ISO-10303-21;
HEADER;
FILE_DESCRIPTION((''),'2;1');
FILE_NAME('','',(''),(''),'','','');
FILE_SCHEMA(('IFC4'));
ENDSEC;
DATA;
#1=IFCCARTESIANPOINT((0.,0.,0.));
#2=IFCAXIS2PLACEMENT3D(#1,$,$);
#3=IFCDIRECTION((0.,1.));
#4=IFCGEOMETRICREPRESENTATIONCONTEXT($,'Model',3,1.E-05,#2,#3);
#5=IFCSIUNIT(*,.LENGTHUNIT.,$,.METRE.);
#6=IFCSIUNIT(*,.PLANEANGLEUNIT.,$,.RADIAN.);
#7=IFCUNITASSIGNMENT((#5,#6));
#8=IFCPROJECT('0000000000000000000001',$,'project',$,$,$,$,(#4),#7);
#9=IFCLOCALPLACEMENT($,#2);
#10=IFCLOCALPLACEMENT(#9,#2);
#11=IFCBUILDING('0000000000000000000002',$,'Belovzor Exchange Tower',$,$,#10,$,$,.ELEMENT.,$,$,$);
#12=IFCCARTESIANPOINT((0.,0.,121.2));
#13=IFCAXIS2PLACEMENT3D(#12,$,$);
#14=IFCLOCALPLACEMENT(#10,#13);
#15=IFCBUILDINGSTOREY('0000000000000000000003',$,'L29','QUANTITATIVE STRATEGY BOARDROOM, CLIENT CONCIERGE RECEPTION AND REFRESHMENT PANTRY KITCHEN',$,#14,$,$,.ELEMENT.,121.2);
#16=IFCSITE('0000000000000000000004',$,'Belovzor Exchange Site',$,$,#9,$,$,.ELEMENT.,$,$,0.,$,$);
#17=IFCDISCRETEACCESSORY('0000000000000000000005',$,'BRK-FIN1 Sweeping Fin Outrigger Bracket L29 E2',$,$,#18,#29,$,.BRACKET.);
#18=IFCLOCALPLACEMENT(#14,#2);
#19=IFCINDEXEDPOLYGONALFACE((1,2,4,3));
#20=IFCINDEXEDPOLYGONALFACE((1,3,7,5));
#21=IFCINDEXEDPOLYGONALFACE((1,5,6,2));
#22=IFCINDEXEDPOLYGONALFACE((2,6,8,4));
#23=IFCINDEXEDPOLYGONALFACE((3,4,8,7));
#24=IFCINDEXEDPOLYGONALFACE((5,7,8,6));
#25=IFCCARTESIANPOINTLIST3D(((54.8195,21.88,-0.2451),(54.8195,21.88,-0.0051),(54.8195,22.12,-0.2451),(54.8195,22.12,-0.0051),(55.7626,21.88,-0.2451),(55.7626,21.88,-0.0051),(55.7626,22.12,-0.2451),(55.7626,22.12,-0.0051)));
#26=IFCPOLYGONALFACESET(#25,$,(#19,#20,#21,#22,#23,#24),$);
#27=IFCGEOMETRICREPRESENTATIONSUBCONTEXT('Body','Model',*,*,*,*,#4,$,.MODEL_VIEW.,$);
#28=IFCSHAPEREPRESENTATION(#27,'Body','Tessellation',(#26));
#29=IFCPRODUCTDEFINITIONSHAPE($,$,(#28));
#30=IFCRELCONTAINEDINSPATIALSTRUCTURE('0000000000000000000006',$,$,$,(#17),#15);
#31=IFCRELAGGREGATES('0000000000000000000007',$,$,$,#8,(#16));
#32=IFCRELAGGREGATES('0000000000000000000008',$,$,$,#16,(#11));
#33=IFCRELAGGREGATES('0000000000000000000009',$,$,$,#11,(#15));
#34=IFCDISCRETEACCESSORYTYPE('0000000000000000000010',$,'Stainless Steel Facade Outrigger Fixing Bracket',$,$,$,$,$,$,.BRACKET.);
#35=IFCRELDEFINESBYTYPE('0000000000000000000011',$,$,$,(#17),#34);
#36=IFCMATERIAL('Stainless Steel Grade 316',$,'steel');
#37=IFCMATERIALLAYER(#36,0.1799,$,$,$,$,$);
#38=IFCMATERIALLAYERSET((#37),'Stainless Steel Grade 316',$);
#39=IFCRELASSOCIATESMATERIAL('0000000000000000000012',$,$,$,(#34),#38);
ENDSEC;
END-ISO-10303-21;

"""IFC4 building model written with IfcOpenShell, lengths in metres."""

from ifc_helpers import new_model, si_unit, direction, frame, origin, origin_2d, place, context, subcontext, project, spatial, rectangle, extrude, material, layer, layer_set, type_object, element, save


model = new_model("IFC4")

# Units and contexts
model_context = context("Model", 3, precision=1e-05, world=origin(), true_north=direction((0.0, 1.0)))
body_context = subcontext(model_context, "Body", "Model", "MODEL_VIEW")
ifc_project = project(units=[si_unit("LENGTHUNIT", "METRE"), si_unit("PLANEANGLEUNIT", "RADIAN")], contexts=[model_context])

# Site, building, storey
site_placement = place(None, origin())
site = spatial("IfcSite", under=ifc_project, at=site_placement, Name="Belovzor Exchange Site", CompositionType="ELEMENT", RefElevation=0.0)
building_placement = place(site_placement, origin())
building = spatial("IfcBuilding", under=site, at=building_placement, Name="Belovzor Exchange Tower", CompositionType="ELEMENT")
storey_placement = place(building_placement, frame((0.0, 0.0, 121.2)))
storey = spatial("IfcBuildingStorey", under=building, at=storey_placement, Name="L29", Description="QUANTITATIVE STRATEGY BOARDROOM, CLIENT CONCIERGE RECEPTION AND REFRESHMENT PANTRY KITCHEN", CompositionType="ELEMENT", Elevation=121.2)

# Discrete accessory
ifc_material_1 = material(Name="Stainless Steel Grade 316", Category="steel")
ifc_layer_1 = layer(ifc_material_1, 0.1799)
ifc_layer_set_1 = layer_set([ifc_layer_1], Name="Stainless Steel Grade 316")
discrete_accessory_type = type_object("IfcDiscreteAccessoryType", Name="Stainless Steel Facade Outrigger Fixing Bracket", PredefinedType="BRACKET", material=ifc_layer_set_1)
discrete_accessory_placement = place(storey_placement, frame((55.291, 22.0, -0.2451), z_axis=(0.0, 0.0, 1.0), x_axis=(1.0, 0.0, 0.0)))
element("IfcDiscreteAccessory", 1, at=discrete_accessory_placement, inside=storey, type_object=discrete_accessory_type, Name="BRK-FIN1 Sweeping Fin Outrigger Bracket L29 E2", PredefinedType="BRACKET", context=body_context, shape_type="SweptSolid", body=[
    extrude(rectangle(XDim=0.9431, YDim=0.24, at=origin_2d()), origin(), (0.0, 0.0, 1.0), 0.24),
])

save(model, "model.ifc")
